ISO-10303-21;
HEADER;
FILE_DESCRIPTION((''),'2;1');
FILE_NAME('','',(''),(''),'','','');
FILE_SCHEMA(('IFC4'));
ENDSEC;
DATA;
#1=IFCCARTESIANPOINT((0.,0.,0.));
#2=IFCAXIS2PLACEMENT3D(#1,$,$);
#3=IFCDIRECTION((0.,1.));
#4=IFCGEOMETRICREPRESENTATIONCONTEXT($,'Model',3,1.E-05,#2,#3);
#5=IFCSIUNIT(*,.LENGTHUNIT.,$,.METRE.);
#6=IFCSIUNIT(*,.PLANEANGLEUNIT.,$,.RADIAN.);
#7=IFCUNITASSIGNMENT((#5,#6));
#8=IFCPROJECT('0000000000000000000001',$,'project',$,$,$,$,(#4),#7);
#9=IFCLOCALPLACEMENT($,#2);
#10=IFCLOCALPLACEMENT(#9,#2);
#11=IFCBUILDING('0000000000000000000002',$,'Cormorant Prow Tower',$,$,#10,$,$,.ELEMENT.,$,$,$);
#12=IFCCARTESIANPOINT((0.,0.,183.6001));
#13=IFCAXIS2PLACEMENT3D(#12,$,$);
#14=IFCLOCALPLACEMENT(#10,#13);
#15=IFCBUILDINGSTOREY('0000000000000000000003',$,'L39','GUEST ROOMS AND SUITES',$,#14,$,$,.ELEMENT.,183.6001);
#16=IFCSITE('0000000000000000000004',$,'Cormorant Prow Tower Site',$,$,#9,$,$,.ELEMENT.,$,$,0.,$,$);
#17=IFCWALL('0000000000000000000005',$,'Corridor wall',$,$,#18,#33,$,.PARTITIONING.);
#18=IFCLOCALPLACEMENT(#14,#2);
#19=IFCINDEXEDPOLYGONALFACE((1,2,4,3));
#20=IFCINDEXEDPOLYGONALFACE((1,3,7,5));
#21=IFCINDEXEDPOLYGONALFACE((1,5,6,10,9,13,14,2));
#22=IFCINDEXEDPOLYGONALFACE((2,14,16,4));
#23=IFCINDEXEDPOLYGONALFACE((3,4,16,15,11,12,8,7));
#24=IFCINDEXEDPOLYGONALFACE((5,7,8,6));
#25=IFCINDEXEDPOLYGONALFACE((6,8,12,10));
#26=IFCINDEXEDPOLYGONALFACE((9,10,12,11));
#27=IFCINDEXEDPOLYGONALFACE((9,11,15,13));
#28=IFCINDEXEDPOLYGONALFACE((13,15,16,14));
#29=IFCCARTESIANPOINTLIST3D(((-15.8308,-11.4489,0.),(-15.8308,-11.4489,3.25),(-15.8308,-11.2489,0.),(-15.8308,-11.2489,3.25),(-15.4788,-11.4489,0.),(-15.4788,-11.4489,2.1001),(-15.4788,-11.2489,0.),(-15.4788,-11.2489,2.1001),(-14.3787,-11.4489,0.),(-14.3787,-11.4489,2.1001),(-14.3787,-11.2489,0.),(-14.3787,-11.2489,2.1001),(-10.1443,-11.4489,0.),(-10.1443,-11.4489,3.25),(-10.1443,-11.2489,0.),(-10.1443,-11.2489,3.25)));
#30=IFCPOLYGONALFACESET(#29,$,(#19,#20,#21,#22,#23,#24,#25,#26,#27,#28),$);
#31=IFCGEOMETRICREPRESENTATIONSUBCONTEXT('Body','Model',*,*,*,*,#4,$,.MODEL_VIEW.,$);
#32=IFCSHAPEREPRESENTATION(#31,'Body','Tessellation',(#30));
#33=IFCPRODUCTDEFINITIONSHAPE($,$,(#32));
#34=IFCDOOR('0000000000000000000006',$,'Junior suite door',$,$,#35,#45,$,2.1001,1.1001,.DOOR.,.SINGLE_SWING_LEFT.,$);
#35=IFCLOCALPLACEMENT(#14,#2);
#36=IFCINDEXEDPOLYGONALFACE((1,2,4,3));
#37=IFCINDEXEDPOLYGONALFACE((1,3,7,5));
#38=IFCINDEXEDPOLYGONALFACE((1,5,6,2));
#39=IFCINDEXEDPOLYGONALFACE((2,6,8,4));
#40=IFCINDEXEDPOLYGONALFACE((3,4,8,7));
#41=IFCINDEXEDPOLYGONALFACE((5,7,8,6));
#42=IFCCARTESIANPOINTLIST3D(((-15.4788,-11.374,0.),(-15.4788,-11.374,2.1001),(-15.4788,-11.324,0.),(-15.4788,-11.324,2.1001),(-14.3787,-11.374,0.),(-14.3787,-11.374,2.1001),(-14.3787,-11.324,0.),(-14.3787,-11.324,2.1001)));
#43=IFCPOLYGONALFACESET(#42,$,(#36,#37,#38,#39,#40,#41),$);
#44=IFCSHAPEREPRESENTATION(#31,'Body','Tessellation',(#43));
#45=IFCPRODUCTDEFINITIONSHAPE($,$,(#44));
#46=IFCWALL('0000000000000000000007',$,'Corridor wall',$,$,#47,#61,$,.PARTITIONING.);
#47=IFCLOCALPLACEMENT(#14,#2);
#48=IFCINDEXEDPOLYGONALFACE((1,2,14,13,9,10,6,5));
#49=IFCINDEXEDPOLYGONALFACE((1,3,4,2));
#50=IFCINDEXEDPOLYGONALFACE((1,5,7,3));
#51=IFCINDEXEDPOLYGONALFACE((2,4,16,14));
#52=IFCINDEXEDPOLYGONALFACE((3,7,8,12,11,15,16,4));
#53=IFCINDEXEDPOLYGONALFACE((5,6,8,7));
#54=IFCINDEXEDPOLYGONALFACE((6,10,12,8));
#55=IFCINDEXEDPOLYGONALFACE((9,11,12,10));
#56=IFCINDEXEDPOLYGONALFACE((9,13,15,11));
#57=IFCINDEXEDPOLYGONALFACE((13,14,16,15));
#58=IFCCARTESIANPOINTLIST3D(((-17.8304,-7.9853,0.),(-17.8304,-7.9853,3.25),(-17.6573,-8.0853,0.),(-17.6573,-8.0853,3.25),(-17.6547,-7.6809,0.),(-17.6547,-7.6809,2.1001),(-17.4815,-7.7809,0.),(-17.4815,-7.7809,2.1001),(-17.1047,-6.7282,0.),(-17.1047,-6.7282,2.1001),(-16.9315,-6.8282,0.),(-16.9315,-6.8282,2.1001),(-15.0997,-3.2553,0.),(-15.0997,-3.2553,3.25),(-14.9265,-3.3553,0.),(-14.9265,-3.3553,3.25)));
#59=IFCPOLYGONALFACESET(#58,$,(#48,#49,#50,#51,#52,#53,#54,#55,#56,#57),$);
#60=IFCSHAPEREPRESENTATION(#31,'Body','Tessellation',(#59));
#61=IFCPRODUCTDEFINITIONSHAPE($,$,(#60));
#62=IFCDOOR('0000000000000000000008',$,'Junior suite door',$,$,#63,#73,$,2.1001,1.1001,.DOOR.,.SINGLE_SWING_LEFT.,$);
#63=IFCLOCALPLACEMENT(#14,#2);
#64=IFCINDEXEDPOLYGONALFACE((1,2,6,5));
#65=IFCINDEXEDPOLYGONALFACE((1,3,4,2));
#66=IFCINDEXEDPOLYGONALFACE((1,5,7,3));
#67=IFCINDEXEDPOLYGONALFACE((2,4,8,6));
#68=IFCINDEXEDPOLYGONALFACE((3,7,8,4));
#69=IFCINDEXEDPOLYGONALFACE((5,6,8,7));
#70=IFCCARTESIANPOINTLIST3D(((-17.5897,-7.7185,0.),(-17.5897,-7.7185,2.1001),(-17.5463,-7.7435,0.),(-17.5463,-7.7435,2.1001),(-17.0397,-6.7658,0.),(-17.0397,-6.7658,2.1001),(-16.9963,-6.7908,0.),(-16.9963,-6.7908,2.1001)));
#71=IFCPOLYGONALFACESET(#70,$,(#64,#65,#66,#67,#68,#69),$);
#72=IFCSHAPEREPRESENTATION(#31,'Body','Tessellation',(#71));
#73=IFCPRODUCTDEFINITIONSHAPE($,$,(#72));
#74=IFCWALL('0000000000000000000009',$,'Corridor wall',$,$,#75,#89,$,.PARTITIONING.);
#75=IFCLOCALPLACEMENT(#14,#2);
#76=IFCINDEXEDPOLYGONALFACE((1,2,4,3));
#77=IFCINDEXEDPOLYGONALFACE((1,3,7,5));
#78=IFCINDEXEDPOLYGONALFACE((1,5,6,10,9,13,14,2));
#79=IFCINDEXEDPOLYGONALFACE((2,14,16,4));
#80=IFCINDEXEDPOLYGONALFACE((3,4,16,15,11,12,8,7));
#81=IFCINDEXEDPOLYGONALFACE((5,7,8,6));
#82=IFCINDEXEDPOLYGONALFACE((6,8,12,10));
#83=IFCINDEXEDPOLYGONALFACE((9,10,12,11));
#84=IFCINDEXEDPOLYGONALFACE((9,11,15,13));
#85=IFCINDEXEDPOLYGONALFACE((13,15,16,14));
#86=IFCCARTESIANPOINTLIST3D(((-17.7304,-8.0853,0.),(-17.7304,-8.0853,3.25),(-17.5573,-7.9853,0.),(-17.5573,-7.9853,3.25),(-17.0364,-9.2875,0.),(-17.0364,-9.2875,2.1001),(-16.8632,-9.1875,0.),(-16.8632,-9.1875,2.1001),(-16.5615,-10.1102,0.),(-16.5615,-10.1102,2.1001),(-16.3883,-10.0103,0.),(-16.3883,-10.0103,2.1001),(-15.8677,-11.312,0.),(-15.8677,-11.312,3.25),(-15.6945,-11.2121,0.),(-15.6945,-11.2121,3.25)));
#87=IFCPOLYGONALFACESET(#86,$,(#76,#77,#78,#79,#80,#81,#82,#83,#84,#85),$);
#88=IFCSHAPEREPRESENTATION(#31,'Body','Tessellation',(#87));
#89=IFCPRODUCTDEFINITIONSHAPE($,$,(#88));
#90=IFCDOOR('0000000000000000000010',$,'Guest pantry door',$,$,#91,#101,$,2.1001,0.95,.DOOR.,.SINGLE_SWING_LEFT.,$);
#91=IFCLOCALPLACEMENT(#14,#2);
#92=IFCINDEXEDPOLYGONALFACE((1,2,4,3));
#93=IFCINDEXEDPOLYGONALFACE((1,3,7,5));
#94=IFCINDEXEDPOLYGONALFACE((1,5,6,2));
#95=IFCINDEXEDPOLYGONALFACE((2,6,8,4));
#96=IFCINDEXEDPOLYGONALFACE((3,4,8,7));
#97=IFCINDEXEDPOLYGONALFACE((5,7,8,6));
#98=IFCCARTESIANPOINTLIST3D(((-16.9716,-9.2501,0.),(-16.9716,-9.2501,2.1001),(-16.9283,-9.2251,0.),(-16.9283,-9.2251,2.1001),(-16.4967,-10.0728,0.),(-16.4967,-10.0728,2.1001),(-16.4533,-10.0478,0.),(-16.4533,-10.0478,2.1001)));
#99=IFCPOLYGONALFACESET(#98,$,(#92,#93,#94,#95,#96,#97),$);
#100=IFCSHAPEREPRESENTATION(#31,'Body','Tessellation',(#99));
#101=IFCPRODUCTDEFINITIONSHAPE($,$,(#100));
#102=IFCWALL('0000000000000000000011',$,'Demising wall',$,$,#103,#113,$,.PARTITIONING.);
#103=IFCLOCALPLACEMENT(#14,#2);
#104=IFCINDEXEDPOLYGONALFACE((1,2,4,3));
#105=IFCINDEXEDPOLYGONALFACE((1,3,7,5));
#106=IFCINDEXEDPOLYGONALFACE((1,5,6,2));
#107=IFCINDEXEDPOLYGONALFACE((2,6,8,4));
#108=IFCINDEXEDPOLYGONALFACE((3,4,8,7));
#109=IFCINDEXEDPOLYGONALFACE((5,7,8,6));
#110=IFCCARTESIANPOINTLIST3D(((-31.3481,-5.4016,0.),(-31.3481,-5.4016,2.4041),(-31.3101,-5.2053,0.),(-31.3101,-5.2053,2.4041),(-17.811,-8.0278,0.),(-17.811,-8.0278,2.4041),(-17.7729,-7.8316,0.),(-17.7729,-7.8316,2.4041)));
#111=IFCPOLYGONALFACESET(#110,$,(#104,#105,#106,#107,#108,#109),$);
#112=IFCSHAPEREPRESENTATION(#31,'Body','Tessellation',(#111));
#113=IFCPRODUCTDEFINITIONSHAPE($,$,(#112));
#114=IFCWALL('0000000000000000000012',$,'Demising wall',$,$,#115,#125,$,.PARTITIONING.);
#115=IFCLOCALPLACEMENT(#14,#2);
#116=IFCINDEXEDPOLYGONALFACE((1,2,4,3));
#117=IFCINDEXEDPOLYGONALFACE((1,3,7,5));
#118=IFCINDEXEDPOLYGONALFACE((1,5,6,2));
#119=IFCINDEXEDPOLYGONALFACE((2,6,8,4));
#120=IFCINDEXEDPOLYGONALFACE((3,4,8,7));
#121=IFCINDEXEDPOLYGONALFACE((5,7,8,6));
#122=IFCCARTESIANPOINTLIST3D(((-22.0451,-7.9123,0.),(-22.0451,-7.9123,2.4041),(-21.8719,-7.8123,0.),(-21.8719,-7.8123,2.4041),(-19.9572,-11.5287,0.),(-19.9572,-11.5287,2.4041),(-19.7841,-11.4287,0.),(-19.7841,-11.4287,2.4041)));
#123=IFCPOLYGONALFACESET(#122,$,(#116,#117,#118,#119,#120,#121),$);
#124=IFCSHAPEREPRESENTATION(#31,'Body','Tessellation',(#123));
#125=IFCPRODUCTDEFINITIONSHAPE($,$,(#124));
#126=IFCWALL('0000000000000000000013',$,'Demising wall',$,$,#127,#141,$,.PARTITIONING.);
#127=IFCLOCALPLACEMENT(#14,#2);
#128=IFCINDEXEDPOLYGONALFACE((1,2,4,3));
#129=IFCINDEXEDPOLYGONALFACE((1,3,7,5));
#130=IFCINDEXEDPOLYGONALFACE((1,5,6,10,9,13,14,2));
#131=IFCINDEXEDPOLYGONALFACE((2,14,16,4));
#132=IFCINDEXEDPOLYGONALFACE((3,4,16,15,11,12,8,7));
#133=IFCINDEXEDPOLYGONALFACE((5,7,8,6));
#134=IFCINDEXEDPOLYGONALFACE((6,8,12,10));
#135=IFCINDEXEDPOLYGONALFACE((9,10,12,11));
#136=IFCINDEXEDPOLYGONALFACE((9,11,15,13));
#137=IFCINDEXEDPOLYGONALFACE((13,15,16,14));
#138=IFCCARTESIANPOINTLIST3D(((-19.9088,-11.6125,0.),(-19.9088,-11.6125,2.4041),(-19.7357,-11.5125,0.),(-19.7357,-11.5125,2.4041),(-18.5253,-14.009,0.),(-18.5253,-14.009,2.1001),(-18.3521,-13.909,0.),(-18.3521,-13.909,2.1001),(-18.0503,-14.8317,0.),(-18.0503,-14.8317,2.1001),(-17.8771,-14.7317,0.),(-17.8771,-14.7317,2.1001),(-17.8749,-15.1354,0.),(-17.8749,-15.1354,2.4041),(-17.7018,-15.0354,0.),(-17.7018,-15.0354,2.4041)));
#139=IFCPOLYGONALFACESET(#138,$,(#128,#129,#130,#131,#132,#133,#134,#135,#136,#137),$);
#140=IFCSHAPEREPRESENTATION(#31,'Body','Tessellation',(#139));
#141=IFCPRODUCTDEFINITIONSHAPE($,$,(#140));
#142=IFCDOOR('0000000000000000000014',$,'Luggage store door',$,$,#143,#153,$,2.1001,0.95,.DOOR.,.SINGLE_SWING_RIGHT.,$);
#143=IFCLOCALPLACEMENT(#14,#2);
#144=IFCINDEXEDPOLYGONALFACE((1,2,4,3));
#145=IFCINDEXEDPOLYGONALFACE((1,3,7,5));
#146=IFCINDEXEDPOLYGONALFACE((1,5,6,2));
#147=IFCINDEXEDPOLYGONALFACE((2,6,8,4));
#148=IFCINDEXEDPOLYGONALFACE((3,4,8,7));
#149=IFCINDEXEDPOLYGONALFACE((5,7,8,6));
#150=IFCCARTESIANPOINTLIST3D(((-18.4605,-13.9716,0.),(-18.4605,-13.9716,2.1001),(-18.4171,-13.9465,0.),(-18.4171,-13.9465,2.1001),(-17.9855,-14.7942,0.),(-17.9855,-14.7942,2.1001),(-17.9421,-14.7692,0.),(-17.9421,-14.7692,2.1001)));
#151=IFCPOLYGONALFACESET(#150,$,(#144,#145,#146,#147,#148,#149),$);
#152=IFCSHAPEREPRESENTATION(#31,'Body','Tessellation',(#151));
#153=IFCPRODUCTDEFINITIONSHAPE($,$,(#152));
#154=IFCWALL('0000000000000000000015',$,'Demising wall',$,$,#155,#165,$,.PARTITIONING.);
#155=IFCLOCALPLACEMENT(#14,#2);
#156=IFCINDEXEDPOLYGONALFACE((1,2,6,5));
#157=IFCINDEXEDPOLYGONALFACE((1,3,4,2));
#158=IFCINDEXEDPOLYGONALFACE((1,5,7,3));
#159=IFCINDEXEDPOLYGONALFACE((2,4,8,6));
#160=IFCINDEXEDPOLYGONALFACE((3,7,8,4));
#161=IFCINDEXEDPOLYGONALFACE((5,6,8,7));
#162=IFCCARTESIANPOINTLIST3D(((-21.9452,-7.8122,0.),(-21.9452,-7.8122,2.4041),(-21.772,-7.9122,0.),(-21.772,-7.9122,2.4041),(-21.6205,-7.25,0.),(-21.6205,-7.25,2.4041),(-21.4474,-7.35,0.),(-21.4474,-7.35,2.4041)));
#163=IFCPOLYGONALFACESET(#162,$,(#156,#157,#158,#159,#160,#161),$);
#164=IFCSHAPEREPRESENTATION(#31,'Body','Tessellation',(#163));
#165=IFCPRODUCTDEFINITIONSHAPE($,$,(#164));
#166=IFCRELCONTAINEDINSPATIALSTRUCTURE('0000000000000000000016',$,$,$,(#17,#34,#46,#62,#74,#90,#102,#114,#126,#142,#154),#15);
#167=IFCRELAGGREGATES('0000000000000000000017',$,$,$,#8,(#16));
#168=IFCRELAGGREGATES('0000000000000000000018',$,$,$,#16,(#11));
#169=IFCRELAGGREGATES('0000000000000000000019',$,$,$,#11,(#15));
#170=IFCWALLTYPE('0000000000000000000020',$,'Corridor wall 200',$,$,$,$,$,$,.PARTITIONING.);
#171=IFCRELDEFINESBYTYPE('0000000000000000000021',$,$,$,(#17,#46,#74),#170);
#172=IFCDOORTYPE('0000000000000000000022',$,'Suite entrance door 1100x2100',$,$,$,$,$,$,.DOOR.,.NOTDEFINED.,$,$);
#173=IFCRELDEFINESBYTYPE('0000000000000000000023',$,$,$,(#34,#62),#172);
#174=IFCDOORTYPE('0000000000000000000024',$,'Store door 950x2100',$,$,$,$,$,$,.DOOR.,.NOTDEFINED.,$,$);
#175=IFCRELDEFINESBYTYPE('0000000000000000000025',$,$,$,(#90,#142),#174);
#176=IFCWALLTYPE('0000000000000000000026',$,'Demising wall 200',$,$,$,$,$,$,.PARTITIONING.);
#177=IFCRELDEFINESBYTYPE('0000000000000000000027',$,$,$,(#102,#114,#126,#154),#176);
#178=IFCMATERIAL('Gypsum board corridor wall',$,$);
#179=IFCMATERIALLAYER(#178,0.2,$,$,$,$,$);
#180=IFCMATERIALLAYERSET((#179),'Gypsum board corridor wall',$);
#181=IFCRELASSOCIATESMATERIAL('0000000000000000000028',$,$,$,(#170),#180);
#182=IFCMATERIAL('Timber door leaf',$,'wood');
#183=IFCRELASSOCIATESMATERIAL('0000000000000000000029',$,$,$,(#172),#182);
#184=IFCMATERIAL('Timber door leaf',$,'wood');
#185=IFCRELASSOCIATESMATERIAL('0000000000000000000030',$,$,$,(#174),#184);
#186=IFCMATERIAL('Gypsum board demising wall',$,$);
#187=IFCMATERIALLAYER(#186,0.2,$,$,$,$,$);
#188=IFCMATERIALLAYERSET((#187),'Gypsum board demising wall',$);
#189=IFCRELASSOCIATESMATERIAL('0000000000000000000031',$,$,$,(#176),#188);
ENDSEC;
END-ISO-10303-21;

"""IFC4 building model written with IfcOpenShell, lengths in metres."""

from ifc_helpers import new_model, si_unit, direction, frame, frame_2d, origin, place, context, subcontext, project, spatial, rectangle, extrude, material, layer, layer_set, type_object, element, fill, save


model = new_model("IFC4")

# Units and contexts
model_context = context("Model", 3, precision=1e-05, world=origin(), true_north=direction((0.0, 1.0)))
body_context = subcontext(model_context, "Body", "Model", "MODEL_VIEW")
ifc_project = project(units=[si_unit("LENGTHUNIT", "METRE"), si_unit("PLANEANGLEUNIT", "RADIAN")], contexts=[model_context])

# Site, building, storey
site_placement = place(None, origin())
site = spatial("IfcSite", under=ifc_project, at=site_placement, Name="Cormorant Prow Tower Site", CompositionType="ELEMENT", RefElevation=0.0)
building_placement = place(site_placement, origin())
building = spatial("IfcBuilding", under=site, at=building_placement, Name="Cormorant Prow Tower", CompositionType="ELEMENT")
storey_placement = place(building_placement, frame((0.0, 0.0, 183.6001)))
storey = spatial("IfcBuildingStorey", under=building, at=storey_placement, Name="L39", Description="GUEST ROOMS AND SUITES", CompositionType="ELEMENT", Elevation=183.6001)

# Walls, openings, doors
ifc_material_1 = material(Name="Gypsum board corridor wall")
ifc_layer_1 = layer(ifc_material_1, 0.2)
ifc_layer_set_1 = layer_set([ifc_layer_1], Name="Gypsum board corridor wall")
wall_type_1 = type_object("IfcWallType", Name="Corridor wall 200", PredefinedType="PARTITIONING", material=ifc_layer_set_1)
wall_1_placement = place(storey_placement, frame((-15.8308, -11.3489, 0.0), z_axis=(0.0, 0.0, 1.0), x_axis=(1.0, 0.0, 0.0)))
wall_1 = element("IfcWall", 1, at=wall_1_placement, inside=storey, type_object=wall_type_1, Name="Corridor wall", PredefinedType="PARTITIONING", context=body_context, shape_type="SweptSolid", body=[
    extrude(rectangle(XDim=5.6865, YDim=0.2, at=frame_2d((2.8433, 0.0))), origin(), (0.0, 0.0, 1.0), 3.25),
])
opening_1_placement = place(wall_1_placement, frame((0.3521, 0.0, 0.0)))
opening_1 = element("IfcOpeningElement", 2, at=opening_1_placement, cuts=wall_1, PredefinedType="OPENING", context=body_context, shape_type="SweptSolid", body=[
    extrude(rectangle(XDim=1.1001, YDim=2.1001, at=frame_2d((0.55, 1.05))), frame((0.0, 0.1099, 0.0), z_axis=(0.0, -1.0, 0.0), x_axis=(1.0, 0.0, 0.0)), (0.0, 0.0, 1.0), 0.22),
])
ifc_material_2 = material(Name="Timber door leaf", Category="wood")
door_type_1 = type_object("IfcDoorType", Name="Suite entrance door 1100x2100", OperationType="NOTDEFINED", PredefinedType="DOOR", material=ifc_material_2)
door_1_placement = place(opening_1_placement, origin())
door_1 = element("IfcDoor", 3, at=door_1_placement, inside=storey, type_object=door_type_1, Name="Junior suite door", OperationType="SINGLE_SWING_LEFT", OverallHeight=2.1001, OverallWidth=1.1001, PredefinedType="DOOR", context=body_context, shape_type="SweptSolid", body=[
    extrude(rectangle(XDim=1.1001, YDim=2.1001, at=frame_2d((0.55, 1.05))), frame((0.0, 0.0249, 0.0), z_axis=(0.0, -1.0, 0.0), x_axis=(1.0, 0.0, 0.0)), (0.0, 0.0, 1.0), 0.05),
])
fill(opening_1, door_1)
wall_2_placement = place(storey_placement, frame((-17.7439, -8.0354, 0.0), z_axis=(0.0, 0.0, 1.0), x_axis=(0.49998, 0.866037, 0.0)))
wall_2 = element("IfcWall", 4, at=wall_2_placement, inside=storey, type_object=wall_type_1, Name="Corridor wall", PredefinedType="PARTITIONING", context=body_context, shape_type="SweptSolid", body=[
    extrude(rectangle(XDim=5.4617, YDim=0.2, at=frame_2d((2.731, 0.0))), origin(), (0.0, 0.0, 1.0), 3.25),
])
opening_2_placement = place(wall_2_placement, frame((0.3516, 0.0, 0.0)))
opening_2 = element("IfcOpeningElement", 5, at=opening_2_placement, cuts=wall_2, PredefinedType="OPENING", context=body_context, shape_type="SweptSolid", body=[
    extrude(rectangle(XDim=1.1001, YDim=2.1001, at=frame_2d((0.55, 1.05))), frame((0.0, 0.1099, 0.0), z_axis=(0.0, -1.0, 0.0), x_axis=(1.0, 0.0, 0.0)), (0.0, 0.0, 1.0), 0.22),
])
door_2_placement = place(opening_2_placement, origin())
door_2 = element("IfcDoor", 6, at=door_2_placement, inside=storey, type_object=door_type_1, Name="Junior suite door", OperationType="SINGLE_SWING_LEFT", OverallHeight=2.1001, OverallWidth=1.1001, PredefinedType="DOOR", context=body_context, shape_type="SweptSolid", body=[
    extrude(rectangle(XDim=1.1001, YDim=2.1001, at=frame_2d((0.55, 1.05))), frame((0.0, 0.0249, 0.0), z_axis=(0.0, -1.0, 0.0), x_axis=(1.0, 0.0, 0.0)), (0.0, 0.0, 1.0), 0.05),
])
fill(opening_2, door_2)
wall_3_placement = place(storey_placement, frame((-17.6438, -8.0354, 0.0), z_axis=(0.0, 0.0, 1.0), x_axis=(0.499959, -0.866049, 0.0)))
wall_3 = element("IfcWall", 7, at=wall_3_placement, inside=storey, type_object=wall_type_1, Name="Corridor wall", PredefinedType="PARTITIONING", context=body_context, shape_type="SweptSolid", body=[
    extrude(rectangle(XDim=3.7258, YDim=0.2, at=frame_2d((1.8628, 0.0))), origin(), (0.0, 0.0, 1.0), 3.25),
])
opening_3_placement = place(wall_3_placement, frame((1.3879, 0.0, 0.0)))
opening_3 = element("IfcOpeningElement", 8, at=opening_3_placement, cuts=wall_3, PredefinedType="OPENING", context=body_context, shape_type="SweptSolid", body=[
    extrude(rectangle(XDim=0.95, YDim=2.1001, at=frame_2d((0.4751, 1.05))), frame((0.0, 0.1099, 0.0), z_axis=(0.0, -1.0, 0.0), x_axis=(1.0, 0.0, 0.0)), (0.0, 0.0, 1.0), 0.22),
])
ifc_material_3 = material(Name="Timber door leaf", Category="wood")
door_type_2 = type_object("IfcDoorType", Name="Store door 950x2100", OperationType="NOTDEFINED", PredefinedType="DOOR", material=ifc_material_3)
door_3_placement = place(opening_3_placement, origin())
door_3 = element("IfcDoor", 9, at=door_3_placement, inside=storey, type_object=door_type_2, Name="Guest pantry door", OperationType="SINGLE_SWING_LEFT", OverallHeight=2.1001, OverallWidth=0.95, PredefinedType="DOOR", context=body_context, shape_type="SweptSolid", body=[
    extrude(rectangle(XDim=0.95, YDim=2.1001, at=frame_2d((0.4751, 1.05))), frame((0.0, 0.0249, 0.0), z_axis=(0.0, -1.0, 0.0), x_axis=(1.0, 0.0, 0.0)), (0.0, 0.0, 1.0), 0.05),
])
fill(opening_3, door_3)

# Walls
ifc_material_4 = material(Name="Gypsum board demising wall")
ifc_layer_2 = layer(ifc_material_4, 0.2)
ifc_layer_set_2 = layer_set([ifc_layer_2], Name="Gypsum board demising wall")
wall_type_2 = type_object("IfcWallType", Name="Demising wall 200", PredefinedType="PARTITIONING", material=ifc_layer_set_2)
wall_4_placement = place(storey_placement, frame((-31.3291, -5.3035, 0.0), z_axis=(0.0, 0.0, 1.0), x_axis=(0.981697, -0.190451, 0.0)))
element("IfcWall", 10, at=wall_4_placement, inside=storey, type_object=wall_type_2, Name="Demising wall", PredefinedType="PARTITIONING", context=body_context, shape_type="SweptSolid", body=[
    extrude(rectangle(XDim=13.7896, YDim=0.2, at=frame_2d((6.8948, 0.0))), origin(), (0.0, 0.0, 1.0), 2.4041),
])
wall_5_placement = place(storey_placement, frame((-21.9585, -7.8623, 0.0), z_axis=(0.0, 0.0, 1.0), x_axis=(0.499987, -0.866033, 0.0)))
element("IfcWall", 11, at=wall_5_placement, inside=storey, type_object=wall_type_2, Name="Demising wall", PredefinedType="PARTITIONING", context=body_context, shape_type="SweptSolid", body=[
    extrude(rectangle(XDim=4.1758, YDim=0.2, at=frame_2d((2.0879, 0.0))), origin(), (0.0, 0.0, 1.0), 2.4041),
])

# Wall, opening, door
wall_6_placement = place(storey_placement, frame((-19.8223, -11.5625, 0.0), z_axis=(0.0, 0.0, 1.0), x_axis=(0.499993, -0.86603, 0.0)))
wall_6 = element("IfcWall", 12, at=wall_6_placement, inside=storey, type_object=wall_type_2, Name="Demising wall", PredefinedType="PARTITIONING", context=body_context, shape_type="SweptSolid", body=[
    extrude(rectangle(XDim=4.0679, YDim=0.2, at=frame_2d((2.0339, 0.0))), origin(), (0.0, 0.0, 1.0), 2.4041),
])
opening_4_placement = place(wall_6_placement, frame((2.7671, 0.0, 0.0)))
opening_4 = element("IfcOpeningElement", 13, at=opening_4_placement, cuts=wall_6, PredefinedType="OPENING", context=body_context, shape_type="SweptSolid", body=[
    extrude(rectangle(XDim=0.95, YDim=2.1001, at=frame_2d((0.4751, 1.05))), frame((0.0, 0.1099, 0.0), z_axis=(0.0, -1.0, 0.0), x_axis=(1.0, 0.0, 0.0)), (0.0, 0.0, 1.0), 0.22),
])
door_4_placement = place(opening_4_placement, origin())
door_4 = element("IfcDoor", 14, at=door_4_placement, inside=storey, type_object=door_type_2, Name="Luggage store door", OperationType="SINGLE_SWING_RIGHT", OverallHeight=2.1001, OverallWidth=0.95, PredefinedType="DOOR", context=body_context, shape_type="SweptSolid", body=[
    extrude(rectangle(XDim=0.95, YDim=2.1001, at=frame_2d((0.4751, 1.05))), frame((0.0, 0.0249, 0.0), z_axis=(0.0, -1.0, 0.0), x_axis=(1.0, 0.0, 0.0)), (0.0, 0.0, 1.0), 0.05),
])
fill(opening_4, door_4)

# Wall
wall_7_placement = place(storey_placement, frame((-21.8586, -7.8623, 0.0), z_axis=(0.0, 0.0, 1.0), x_axis=(0.500102, 0.865966, 0.0)))
element("IfcWall", 15, at=wall_7_placement, inside=storey, type_object=wall_type_2, Name="Demising wall", PredefinedType="PARTITIONING", context=body_context, shape_type="SweptSolid", body=[
    extrude(rectangle(XDim=0.6492, YDim=0.2, at=frame_2d((0.3247, 0.0))), origin(), (0.0, 0.0, 1.0), 2.4041),
])

save(model, "model.ifc")
